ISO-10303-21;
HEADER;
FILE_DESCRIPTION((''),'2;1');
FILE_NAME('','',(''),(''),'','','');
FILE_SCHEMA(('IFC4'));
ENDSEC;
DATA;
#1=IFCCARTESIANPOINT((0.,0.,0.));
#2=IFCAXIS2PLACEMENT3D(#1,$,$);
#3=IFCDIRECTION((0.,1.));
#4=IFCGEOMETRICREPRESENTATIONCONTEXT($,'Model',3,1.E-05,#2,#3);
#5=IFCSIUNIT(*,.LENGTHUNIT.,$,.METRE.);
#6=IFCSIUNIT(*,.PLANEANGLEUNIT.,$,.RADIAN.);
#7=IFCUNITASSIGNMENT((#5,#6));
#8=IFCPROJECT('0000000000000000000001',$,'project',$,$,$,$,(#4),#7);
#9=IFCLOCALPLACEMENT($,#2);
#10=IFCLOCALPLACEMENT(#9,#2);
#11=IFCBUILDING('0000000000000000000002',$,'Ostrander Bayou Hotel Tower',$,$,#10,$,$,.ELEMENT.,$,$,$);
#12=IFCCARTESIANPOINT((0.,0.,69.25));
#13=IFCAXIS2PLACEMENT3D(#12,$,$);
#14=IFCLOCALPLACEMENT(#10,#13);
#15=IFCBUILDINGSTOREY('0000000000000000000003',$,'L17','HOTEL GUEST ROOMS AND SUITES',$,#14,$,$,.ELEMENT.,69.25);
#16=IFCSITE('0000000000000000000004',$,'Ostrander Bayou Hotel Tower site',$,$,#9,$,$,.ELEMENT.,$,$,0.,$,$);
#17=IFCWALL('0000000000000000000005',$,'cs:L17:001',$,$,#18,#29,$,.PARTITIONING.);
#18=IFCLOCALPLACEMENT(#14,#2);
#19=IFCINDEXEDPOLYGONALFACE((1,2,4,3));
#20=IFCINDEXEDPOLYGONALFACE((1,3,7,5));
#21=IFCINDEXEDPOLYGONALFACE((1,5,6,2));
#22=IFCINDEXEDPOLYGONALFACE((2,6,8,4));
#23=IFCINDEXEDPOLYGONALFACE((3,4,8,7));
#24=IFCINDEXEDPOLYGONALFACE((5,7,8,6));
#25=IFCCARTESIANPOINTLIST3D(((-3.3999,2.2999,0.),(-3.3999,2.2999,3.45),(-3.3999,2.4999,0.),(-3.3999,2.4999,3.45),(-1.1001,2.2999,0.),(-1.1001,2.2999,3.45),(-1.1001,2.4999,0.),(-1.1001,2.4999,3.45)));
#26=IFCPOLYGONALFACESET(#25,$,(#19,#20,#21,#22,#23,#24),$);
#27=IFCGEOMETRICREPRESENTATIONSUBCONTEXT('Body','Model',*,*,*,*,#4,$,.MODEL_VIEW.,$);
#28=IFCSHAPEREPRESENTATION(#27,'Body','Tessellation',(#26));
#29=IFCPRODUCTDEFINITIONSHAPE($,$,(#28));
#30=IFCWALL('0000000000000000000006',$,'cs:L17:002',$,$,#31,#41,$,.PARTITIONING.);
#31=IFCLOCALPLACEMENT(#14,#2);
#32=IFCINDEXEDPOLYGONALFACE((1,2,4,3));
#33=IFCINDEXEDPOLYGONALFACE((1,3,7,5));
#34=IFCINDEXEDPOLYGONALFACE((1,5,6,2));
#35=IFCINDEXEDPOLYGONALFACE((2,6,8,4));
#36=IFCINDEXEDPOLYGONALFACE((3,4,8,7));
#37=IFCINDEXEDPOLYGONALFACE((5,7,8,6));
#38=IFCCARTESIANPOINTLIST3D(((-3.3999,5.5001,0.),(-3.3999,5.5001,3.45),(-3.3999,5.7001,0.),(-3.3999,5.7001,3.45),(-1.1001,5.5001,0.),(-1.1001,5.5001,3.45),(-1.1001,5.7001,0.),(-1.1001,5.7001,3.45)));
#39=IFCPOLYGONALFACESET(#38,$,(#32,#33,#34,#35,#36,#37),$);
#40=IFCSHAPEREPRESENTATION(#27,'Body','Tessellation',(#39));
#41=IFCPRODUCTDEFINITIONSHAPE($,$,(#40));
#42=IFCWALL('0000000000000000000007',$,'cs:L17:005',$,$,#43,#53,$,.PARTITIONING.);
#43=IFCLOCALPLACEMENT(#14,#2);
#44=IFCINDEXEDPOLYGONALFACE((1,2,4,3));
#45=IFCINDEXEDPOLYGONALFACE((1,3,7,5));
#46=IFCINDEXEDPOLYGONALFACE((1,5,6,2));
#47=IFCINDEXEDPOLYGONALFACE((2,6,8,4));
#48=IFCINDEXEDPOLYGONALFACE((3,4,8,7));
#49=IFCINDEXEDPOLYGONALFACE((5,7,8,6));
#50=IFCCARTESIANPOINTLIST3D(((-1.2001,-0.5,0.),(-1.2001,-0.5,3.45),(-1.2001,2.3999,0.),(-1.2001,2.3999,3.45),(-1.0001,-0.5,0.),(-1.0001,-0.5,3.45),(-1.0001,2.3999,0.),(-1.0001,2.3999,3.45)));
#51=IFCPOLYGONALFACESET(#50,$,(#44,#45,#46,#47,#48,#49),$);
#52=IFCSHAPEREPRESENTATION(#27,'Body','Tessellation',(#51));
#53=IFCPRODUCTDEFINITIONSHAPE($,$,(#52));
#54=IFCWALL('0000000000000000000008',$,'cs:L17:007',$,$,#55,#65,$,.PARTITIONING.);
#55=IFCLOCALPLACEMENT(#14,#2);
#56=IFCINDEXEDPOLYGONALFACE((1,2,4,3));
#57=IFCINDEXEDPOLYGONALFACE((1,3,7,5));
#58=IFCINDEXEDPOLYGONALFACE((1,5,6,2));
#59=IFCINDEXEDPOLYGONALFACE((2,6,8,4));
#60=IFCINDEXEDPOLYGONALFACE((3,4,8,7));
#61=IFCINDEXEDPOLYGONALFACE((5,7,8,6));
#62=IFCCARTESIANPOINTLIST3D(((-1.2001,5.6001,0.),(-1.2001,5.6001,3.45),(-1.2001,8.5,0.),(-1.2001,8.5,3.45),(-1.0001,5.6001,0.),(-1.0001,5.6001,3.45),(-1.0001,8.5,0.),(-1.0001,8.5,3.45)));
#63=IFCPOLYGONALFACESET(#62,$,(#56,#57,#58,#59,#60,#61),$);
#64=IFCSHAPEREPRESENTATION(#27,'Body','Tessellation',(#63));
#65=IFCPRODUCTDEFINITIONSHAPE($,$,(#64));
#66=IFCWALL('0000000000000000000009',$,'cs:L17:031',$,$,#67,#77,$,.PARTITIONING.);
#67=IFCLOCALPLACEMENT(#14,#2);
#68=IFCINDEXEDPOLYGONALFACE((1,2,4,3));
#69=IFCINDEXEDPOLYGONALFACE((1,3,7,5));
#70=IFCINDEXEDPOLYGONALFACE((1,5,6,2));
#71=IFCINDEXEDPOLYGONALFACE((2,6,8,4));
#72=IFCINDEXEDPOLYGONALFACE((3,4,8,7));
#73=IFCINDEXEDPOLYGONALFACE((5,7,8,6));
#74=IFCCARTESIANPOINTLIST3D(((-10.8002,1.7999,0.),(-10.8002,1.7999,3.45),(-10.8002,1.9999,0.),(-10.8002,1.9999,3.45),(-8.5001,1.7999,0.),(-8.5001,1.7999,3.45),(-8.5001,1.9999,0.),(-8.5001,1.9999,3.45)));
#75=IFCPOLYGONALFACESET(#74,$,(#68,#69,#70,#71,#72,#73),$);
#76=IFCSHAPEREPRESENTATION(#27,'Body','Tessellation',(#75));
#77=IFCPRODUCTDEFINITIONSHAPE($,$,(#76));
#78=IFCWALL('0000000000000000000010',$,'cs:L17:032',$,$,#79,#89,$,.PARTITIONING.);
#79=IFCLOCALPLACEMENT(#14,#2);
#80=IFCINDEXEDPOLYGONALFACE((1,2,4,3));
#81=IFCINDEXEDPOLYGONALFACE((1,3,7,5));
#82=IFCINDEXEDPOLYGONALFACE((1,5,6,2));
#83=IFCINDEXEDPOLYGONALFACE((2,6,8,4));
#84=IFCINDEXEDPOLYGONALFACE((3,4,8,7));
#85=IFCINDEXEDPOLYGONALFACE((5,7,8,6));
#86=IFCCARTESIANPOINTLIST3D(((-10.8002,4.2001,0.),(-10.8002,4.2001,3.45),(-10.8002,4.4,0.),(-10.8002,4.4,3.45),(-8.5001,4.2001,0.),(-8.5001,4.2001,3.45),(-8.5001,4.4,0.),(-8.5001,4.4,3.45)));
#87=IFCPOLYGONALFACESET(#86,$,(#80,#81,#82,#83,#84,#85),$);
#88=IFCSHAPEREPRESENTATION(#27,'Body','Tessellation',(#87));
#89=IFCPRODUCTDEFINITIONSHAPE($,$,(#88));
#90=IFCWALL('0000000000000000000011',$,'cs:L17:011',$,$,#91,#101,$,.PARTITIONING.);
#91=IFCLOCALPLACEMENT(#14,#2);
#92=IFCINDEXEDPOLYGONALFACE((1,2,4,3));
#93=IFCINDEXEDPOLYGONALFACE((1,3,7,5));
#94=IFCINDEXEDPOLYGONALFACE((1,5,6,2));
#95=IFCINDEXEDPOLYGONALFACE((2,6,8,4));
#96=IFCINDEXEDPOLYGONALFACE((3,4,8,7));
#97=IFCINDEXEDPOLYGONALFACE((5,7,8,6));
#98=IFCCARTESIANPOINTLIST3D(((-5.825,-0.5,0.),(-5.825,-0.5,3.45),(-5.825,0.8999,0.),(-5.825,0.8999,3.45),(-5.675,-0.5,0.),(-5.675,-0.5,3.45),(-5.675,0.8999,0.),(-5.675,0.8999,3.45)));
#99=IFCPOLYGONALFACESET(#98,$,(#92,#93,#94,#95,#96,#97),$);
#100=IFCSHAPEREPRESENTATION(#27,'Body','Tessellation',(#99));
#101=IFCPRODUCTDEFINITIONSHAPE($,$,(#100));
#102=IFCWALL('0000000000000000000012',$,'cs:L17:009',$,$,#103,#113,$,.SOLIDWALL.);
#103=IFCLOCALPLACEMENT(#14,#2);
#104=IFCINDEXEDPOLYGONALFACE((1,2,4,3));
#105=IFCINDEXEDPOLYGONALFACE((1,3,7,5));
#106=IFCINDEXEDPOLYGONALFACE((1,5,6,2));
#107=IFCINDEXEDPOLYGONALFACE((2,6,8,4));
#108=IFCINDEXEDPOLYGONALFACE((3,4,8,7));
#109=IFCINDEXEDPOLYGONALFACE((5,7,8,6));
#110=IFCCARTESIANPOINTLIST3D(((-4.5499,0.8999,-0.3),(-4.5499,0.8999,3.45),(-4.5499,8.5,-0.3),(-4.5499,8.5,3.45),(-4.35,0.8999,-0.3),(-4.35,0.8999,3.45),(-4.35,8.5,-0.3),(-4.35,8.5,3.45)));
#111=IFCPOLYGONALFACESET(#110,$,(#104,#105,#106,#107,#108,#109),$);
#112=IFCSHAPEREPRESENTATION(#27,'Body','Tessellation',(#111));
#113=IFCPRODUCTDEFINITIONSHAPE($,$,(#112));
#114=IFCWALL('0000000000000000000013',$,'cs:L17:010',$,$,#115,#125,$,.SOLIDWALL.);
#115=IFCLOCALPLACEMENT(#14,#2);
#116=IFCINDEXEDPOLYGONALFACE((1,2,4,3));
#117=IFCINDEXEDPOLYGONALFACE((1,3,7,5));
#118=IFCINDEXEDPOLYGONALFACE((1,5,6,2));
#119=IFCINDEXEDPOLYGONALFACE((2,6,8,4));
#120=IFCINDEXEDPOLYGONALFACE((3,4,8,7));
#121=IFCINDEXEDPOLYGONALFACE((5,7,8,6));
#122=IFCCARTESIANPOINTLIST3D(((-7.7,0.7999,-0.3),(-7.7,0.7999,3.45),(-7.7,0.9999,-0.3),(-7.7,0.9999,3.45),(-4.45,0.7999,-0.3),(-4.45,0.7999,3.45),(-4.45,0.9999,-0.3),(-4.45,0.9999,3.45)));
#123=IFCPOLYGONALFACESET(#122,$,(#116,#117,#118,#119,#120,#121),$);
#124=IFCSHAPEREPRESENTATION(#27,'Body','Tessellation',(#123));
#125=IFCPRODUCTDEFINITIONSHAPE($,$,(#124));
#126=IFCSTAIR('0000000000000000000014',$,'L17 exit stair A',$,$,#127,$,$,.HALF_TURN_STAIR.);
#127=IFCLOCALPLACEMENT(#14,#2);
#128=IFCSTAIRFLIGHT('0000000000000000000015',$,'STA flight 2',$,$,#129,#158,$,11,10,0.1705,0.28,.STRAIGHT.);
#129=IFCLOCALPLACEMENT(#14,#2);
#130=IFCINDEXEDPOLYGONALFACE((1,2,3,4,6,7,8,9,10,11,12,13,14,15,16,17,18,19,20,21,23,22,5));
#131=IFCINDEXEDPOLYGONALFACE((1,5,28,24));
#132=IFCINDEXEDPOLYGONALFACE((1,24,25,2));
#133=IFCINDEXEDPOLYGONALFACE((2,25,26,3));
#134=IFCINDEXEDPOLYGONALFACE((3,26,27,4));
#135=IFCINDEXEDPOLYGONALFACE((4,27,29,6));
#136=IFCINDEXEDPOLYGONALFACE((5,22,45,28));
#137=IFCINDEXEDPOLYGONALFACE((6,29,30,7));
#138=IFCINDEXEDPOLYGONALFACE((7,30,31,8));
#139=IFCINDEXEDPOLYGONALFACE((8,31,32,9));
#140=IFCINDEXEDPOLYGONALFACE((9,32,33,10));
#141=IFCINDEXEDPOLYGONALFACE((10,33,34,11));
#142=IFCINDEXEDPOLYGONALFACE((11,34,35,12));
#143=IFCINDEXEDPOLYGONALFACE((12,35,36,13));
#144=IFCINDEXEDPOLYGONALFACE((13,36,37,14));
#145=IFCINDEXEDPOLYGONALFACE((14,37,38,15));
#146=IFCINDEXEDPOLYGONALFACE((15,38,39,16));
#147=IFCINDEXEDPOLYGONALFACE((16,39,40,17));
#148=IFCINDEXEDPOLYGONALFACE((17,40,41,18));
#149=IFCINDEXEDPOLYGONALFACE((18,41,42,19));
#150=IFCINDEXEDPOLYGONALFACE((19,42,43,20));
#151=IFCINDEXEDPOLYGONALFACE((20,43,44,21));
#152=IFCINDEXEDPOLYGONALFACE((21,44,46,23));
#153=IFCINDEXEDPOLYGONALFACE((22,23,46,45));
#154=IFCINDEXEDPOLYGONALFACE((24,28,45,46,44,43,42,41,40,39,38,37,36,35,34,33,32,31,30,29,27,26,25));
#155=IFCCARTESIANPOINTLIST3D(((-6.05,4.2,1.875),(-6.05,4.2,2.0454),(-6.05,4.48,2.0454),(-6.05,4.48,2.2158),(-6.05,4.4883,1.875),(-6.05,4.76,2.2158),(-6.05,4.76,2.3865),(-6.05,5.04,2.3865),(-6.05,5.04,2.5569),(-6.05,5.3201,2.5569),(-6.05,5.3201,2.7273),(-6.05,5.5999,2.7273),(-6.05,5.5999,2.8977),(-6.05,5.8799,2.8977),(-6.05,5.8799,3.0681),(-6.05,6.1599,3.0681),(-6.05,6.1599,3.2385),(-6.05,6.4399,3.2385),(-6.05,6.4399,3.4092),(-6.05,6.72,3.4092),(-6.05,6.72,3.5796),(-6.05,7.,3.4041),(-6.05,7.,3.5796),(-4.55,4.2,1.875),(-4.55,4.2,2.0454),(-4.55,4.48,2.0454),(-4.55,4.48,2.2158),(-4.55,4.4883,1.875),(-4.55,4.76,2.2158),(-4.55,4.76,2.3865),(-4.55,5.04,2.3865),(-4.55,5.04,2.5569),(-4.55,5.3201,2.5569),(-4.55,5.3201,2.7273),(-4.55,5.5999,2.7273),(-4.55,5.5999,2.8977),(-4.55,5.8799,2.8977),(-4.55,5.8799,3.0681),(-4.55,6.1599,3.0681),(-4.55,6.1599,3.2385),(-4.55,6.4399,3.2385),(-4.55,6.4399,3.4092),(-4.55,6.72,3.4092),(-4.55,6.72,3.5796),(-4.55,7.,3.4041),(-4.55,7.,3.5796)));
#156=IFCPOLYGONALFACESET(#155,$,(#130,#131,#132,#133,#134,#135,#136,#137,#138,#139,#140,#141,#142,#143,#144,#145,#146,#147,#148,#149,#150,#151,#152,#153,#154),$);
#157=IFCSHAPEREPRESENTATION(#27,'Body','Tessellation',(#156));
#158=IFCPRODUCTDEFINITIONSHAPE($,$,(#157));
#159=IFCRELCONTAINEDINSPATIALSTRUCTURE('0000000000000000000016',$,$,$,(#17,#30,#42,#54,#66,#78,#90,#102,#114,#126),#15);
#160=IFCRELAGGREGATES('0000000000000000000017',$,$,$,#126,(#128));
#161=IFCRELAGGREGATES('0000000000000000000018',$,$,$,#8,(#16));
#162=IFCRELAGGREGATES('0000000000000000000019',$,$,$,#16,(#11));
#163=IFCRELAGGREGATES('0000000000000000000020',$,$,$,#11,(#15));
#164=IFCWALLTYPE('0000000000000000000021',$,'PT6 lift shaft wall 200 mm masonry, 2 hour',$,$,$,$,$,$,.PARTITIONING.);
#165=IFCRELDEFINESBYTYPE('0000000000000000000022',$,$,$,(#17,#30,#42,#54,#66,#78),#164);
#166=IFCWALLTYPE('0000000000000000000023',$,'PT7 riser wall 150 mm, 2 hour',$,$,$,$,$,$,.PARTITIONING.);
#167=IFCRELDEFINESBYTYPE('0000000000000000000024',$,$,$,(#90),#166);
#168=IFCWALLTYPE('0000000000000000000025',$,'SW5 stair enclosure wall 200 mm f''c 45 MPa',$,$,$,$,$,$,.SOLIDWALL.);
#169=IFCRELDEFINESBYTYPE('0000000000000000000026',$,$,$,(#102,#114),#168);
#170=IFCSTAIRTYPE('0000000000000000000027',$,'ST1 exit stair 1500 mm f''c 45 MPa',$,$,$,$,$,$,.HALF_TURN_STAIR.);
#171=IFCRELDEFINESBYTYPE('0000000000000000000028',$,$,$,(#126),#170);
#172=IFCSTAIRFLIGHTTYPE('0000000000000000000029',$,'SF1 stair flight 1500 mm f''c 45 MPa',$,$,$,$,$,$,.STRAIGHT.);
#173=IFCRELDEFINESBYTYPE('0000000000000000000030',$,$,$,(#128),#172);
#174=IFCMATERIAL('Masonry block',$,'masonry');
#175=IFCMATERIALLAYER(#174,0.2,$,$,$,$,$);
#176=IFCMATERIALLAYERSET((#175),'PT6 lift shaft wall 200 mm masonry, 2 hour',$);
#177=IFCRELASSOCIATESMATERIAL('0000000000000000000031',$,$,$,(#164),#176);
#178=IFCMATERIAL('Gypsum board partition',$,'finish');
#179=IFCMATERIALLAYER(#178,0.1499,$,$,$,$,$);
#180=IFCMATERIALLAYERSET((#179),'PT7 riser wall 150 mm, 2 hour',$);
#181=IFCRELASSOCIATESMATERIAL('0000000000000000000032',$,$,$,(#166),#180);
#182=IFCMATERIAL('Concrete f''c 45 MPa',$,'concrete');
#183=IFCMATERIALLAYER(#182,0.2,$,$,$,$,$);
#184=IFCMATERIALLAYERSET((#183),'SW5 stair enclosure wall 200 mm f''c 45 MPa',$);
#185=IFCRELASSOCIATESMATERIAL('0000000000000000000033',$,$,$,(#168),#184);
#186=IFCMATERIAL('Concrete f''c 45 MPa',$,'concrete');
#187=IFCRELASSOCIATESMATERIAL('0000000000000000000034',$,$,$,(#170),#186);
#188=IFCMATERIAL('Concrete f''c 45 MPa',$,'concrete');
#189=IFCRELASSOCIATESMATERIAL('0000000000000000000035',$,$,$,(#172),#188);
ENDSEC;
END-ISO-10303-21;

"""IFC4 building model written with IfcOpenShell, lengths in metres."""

from ifc_helpers import new_model, si_unit, direction, frame, frame_2d, origin, place, context, subcontext, project, spatial, polyline, rectangle, outline, extrude, material, layer, layer_set, type_object, element, aggregate, save


model = new_model("IFC4")

# Units and contexts
model_context = context("Model", 3, precision=1e-05, world=origin(), true_north=direction((0.0, 1.0)))
body_context = subcontext(model_context, "Body", "Model", "MODEL_VIEW")
ifc_project = project(units=[si_unit("LENGTHUNIT", "METRE"), si_unit("PLANEANGLEUNIT", "RADIAN")], contexts=[model_context])

# Site, building, storey
site_placement = place(None, origin())
site = spatial("IfcSite", under=ifc_project, at=site_placement, Name="Ostrander Bayou Hotel Tower site", CompositionType="ELEMENT", RefElevation=0.0)
building_placement = place(site_placement, origin())
building = spatial("IfcBuilding", under=site, at=building_placement, Name="Ostrander Bayou Hotel Tower", CompositionType="ELEMENT")
storey_placement = place(building_placement, frame((0.0, 0.0, 69.25)))
storey = spatial("IfcBuildingStorey", under=building, at=storey_placement, Name="L17", Description="HOTEL GUEST ROOMS AND SUITES", CompositionType="ELEMENT", Elevation=69.25)

# Walls
ifc_material_1 = material(Name="Masonry block", Category="masonry")
ifc_layer_1 = layer(ifc_material_1, 0.2)
ifc_layer_set_1 = layer_set([ifc_layer_1], Name="PT6 lift shaft wall 200 mm masonry, 2 hour")
wall_type_1 = type_object("IfcWallType", Name="PT6 lift shaft wall 200 mm masonry, 2 hour", PredefinedType="PARTITIONING", material=ifc_layer_set_1)
for number, where, z_axis, x_axis, name in (
    (1, (-3.3999, 2.3999, 0.0), (0.0, 0.0, 1.0), (1.0, 0.0, 0.0), "cs:L17:001"),
    (2, (-3.3999, 5.6001, 0.0), (0.0, 0.0, 1.0), (1.0, 0.0, 0.0), "cs:L17:002"),
):
    element("IfcWall", number, at=place(storey_placement, frame(where, z_axis=z_axis, x_axis=x_axis)), inside=storey, type_object=wall_type_1, Name=name, PredefinedType="PARTITIONING", context=body_context, shape_type="SweptSolid", body=[
        extrude(rectangle(XDim=2.2998, YDim=0.2, at=frame_2d((1.1499, 0.0))), origin(), (0.0, 0.0, 1.0), 3.45),
    ])
for number, where, z_axis, x_axis, name in (
    (3, (-1.1001, -0.5, 0.0), (0.0, 0.0, 1.0), (0.0, 1.0, 0.0), "cs:L17:005"),
    (4, (-1.1001, 5.6001, 0.0), (0.0, 0.0, 1.0), (0.0, 1.0, 0.0), "cs:L17:007"),
):
    element("IfcWall", number, at=place(storey_placement, frame(where, z_axis=z_axis, x_axis=x_axis)), inside=storey, type_object=wall_type_1, Name=name, PredefinedType="PARTITIONING", context=body_context, shape_type="SweptSolid", body=[
        extrude(rectangle(XDim=2.8999, YDim=0.2, at=frame_2d((1.45, 0.0))), origin(), (0.0, 0.0, 1.0), 3.45),
    ])
for number, where, z_axis, x_axis, name in (
    (5, (-10.8, 1.8999, 0.0), (0.0, 0.0, 1.0), (1.0, 0.0, 0.0), "cs:L17:031"),
    (6, (-10.8, 4.3, 0.0), (0.0, 0.0, 1.0), (1.0, 0.0, 0.0), "cs:L17:032"),
):
    element("IfcWall", number, at=place(storey_placement, frame(where, z_axis=z_axis, x_axis=x_axis)), inside=storey, type_object=wall_type_1, Name=name, PredefinedType="PARTITIONING", context=body_context, shape_type="SweptSolid", body=[
        extrude(rectangle(XDim=2.3, YDim=0.2, at=frame_2d((1.1499, 0.0))), origin(), (0.0, 0.0, 1.0), 3.45),
    ])
ifc_material_2 = material(Name="Gypsum board partition", Category="finish")
ifc_layer_2 = layer(ifc_material_2, 0.1499)
ifc_layer_set_2 = layer_set([ifc_layer_2], Name="PT7 riser wall 150 mm, 2 hour")
wall_type_2 = type_object("IfcWallType", Name="PT7 riser wall 150 mm, 2 hour", PredefinedType="PARTITIONING", material=ifc_layer_set_2)
wall_1_placement = place(storey_placement, frame((-5.75, -0.5, 0.0), z_axis=(0.0, 0.0, 1.0), x_axis=(0.0, 1.0, 0.0)))
element("IfcWall", 7, at=wall_1_placement, inside=storey, type_object=wall_type_2, Name="cs:L17:011", PredefinedType="PARTITIONING", context=body_context, shape_type="SweptSolid", body=[
    extrude(rectangle(XDim=1.3999, YDim=0.1499, at=frame_2d((0.7, 0.0))), origin(), (0.0, 0.0, 1.0), 3.45),
])
ifc_material_3 = material(Name="Concrete f'c 45 MPa", Category="concrete")
ifc_layer_3 = layer(ifc_material_3, 0.2)
ifc_layer_set_3 = layer_set([ifc_layer_3], Name="SW5 stair enclosure wall 200 mm f'c 45 MPa")
wall_type_3 = type_object("IfcWallType", Name="SW5 stair enclosure wall 200 mm f'c 45 MPa", PredefinedType="SOLIDWALL", material=ifc_layer_set_3)
wall_2_placement = place(storey_placement, frame((-4.45, 0.8999, -0.3), z_axis=(0.0, 0.0, 1.0), x_axis=(0.0, 1.0, 0.0)))
element("IfcWall", 8, at=wall_2_placement, inside=storey, type_object=wall_type_3, Name="cs:L17:009", PredefinedType="SOLIDWALL", context=body_context, shape_type="SweptSolid", body=[
    extrude(rectangle(XDim=7.6001, YDim=0.2, at=frame_2d((3.8, 0.0))), origin(), (0.0, 0.0, 1.0), 3.75),
])
wall_3_placement = place(storey_placement, frame((-7.7, 0.8999, -0.3), z_axis=(0.0, 0.0, 1.0), x_axis=(1.0, 0.0, 0.0)))
element("IfcWall", 9, at=wall_3_placement, inside=storey, type_object=wall_type_3, Name="cs:L17:010", PredefinedType="SOLIDWALL", context=body_context, shape_type="SweptSolid", body=[
    extrude(rectangle(XDim=3.25, YDim=0.2, at=frame_2d((1.625, 0.0))), origin(), (0.0, 0.0, 1.0), 3.75),
])

# Stair, stair flight
ifc_material_4 = material(Name="Concrete f'c 45 MPa", Category="concrete")
stair_type = type_object("IfcStairType", Name="ST1 exit stair 1500 mm f'c 45 MPa", PredefinedType="HALF_TURN_STAIR", material=ifc_material_4)
stair_placement = place(storey_placement, origin())
stair = element("IfcStair", 10, at=stair_placement, inside=storey, type_object=stair_type, Name="L17 exit stair A", PredefinedType="HALF_TURN_STAIR")
ifc_material_5 = material(Name="Concrete f'c 45 MPa", Category="concrete")
stair_flight_type = type_object("IfcStairFlightType", Name="SF1 stair flight 1500 mm f'c 45 MPa", PredefinedType="STRAIGHT", material=ifc_material_5)
stair_flight_placement = place(storey_placement, frame((-5.3, 4.2, 1.875), z_axis=(0.0, 0.0, 1.0), x_axis=(0.0, 1.0, 0.0)))
stair_flight = element("IfcStairFlight", 11, at=stair_flight_placement, type_object=stair_flight_type, Name="STA flight 2", NumberOfRisers=11, NumberOfTreads=10, PredefinedType="STRAIGHT", RiserHeight=0.1705, TreadLength=0.28, context=body_context, shape_type="SweptSolid", body=[
    extrude(outline(polyline([(0.0, 0.0), (0.0, 0.1704), (0.28, 0.1704), (0.28, 0.3408), (0.5601, 0.3408), (0.5601, 0.5115), (0.8401, 0.5115), (0.8401, 0.6819), (1.1201, 0.6819), (1.1201, 0.8523), (1.3999, 0.8523), (1.3999, 1.0227), (1.6799, 1.0227), (1.6799, 1.1931), (1.96, 1.1931), (1.96, 1.3635), (2.24, 1.3635), (2.24, 1.5342), (2.52, 1.5342), (2.52, 1.7046), (2.8, 1.7046), (2.8, 1.875), (2.8, 1.5291), (0.2883, 0.0), (0.0, 0.0)])), frame((0.0, 0.75, 0.0), z_axis=(0.0, -1.0, 0.0), x_axis=(1.0, 0.0, 0.0)), (0.0, 0.0, 1.0), 1.5),
])
aggregate(stair, [stair_flight])

save(model, "model.ifc")
